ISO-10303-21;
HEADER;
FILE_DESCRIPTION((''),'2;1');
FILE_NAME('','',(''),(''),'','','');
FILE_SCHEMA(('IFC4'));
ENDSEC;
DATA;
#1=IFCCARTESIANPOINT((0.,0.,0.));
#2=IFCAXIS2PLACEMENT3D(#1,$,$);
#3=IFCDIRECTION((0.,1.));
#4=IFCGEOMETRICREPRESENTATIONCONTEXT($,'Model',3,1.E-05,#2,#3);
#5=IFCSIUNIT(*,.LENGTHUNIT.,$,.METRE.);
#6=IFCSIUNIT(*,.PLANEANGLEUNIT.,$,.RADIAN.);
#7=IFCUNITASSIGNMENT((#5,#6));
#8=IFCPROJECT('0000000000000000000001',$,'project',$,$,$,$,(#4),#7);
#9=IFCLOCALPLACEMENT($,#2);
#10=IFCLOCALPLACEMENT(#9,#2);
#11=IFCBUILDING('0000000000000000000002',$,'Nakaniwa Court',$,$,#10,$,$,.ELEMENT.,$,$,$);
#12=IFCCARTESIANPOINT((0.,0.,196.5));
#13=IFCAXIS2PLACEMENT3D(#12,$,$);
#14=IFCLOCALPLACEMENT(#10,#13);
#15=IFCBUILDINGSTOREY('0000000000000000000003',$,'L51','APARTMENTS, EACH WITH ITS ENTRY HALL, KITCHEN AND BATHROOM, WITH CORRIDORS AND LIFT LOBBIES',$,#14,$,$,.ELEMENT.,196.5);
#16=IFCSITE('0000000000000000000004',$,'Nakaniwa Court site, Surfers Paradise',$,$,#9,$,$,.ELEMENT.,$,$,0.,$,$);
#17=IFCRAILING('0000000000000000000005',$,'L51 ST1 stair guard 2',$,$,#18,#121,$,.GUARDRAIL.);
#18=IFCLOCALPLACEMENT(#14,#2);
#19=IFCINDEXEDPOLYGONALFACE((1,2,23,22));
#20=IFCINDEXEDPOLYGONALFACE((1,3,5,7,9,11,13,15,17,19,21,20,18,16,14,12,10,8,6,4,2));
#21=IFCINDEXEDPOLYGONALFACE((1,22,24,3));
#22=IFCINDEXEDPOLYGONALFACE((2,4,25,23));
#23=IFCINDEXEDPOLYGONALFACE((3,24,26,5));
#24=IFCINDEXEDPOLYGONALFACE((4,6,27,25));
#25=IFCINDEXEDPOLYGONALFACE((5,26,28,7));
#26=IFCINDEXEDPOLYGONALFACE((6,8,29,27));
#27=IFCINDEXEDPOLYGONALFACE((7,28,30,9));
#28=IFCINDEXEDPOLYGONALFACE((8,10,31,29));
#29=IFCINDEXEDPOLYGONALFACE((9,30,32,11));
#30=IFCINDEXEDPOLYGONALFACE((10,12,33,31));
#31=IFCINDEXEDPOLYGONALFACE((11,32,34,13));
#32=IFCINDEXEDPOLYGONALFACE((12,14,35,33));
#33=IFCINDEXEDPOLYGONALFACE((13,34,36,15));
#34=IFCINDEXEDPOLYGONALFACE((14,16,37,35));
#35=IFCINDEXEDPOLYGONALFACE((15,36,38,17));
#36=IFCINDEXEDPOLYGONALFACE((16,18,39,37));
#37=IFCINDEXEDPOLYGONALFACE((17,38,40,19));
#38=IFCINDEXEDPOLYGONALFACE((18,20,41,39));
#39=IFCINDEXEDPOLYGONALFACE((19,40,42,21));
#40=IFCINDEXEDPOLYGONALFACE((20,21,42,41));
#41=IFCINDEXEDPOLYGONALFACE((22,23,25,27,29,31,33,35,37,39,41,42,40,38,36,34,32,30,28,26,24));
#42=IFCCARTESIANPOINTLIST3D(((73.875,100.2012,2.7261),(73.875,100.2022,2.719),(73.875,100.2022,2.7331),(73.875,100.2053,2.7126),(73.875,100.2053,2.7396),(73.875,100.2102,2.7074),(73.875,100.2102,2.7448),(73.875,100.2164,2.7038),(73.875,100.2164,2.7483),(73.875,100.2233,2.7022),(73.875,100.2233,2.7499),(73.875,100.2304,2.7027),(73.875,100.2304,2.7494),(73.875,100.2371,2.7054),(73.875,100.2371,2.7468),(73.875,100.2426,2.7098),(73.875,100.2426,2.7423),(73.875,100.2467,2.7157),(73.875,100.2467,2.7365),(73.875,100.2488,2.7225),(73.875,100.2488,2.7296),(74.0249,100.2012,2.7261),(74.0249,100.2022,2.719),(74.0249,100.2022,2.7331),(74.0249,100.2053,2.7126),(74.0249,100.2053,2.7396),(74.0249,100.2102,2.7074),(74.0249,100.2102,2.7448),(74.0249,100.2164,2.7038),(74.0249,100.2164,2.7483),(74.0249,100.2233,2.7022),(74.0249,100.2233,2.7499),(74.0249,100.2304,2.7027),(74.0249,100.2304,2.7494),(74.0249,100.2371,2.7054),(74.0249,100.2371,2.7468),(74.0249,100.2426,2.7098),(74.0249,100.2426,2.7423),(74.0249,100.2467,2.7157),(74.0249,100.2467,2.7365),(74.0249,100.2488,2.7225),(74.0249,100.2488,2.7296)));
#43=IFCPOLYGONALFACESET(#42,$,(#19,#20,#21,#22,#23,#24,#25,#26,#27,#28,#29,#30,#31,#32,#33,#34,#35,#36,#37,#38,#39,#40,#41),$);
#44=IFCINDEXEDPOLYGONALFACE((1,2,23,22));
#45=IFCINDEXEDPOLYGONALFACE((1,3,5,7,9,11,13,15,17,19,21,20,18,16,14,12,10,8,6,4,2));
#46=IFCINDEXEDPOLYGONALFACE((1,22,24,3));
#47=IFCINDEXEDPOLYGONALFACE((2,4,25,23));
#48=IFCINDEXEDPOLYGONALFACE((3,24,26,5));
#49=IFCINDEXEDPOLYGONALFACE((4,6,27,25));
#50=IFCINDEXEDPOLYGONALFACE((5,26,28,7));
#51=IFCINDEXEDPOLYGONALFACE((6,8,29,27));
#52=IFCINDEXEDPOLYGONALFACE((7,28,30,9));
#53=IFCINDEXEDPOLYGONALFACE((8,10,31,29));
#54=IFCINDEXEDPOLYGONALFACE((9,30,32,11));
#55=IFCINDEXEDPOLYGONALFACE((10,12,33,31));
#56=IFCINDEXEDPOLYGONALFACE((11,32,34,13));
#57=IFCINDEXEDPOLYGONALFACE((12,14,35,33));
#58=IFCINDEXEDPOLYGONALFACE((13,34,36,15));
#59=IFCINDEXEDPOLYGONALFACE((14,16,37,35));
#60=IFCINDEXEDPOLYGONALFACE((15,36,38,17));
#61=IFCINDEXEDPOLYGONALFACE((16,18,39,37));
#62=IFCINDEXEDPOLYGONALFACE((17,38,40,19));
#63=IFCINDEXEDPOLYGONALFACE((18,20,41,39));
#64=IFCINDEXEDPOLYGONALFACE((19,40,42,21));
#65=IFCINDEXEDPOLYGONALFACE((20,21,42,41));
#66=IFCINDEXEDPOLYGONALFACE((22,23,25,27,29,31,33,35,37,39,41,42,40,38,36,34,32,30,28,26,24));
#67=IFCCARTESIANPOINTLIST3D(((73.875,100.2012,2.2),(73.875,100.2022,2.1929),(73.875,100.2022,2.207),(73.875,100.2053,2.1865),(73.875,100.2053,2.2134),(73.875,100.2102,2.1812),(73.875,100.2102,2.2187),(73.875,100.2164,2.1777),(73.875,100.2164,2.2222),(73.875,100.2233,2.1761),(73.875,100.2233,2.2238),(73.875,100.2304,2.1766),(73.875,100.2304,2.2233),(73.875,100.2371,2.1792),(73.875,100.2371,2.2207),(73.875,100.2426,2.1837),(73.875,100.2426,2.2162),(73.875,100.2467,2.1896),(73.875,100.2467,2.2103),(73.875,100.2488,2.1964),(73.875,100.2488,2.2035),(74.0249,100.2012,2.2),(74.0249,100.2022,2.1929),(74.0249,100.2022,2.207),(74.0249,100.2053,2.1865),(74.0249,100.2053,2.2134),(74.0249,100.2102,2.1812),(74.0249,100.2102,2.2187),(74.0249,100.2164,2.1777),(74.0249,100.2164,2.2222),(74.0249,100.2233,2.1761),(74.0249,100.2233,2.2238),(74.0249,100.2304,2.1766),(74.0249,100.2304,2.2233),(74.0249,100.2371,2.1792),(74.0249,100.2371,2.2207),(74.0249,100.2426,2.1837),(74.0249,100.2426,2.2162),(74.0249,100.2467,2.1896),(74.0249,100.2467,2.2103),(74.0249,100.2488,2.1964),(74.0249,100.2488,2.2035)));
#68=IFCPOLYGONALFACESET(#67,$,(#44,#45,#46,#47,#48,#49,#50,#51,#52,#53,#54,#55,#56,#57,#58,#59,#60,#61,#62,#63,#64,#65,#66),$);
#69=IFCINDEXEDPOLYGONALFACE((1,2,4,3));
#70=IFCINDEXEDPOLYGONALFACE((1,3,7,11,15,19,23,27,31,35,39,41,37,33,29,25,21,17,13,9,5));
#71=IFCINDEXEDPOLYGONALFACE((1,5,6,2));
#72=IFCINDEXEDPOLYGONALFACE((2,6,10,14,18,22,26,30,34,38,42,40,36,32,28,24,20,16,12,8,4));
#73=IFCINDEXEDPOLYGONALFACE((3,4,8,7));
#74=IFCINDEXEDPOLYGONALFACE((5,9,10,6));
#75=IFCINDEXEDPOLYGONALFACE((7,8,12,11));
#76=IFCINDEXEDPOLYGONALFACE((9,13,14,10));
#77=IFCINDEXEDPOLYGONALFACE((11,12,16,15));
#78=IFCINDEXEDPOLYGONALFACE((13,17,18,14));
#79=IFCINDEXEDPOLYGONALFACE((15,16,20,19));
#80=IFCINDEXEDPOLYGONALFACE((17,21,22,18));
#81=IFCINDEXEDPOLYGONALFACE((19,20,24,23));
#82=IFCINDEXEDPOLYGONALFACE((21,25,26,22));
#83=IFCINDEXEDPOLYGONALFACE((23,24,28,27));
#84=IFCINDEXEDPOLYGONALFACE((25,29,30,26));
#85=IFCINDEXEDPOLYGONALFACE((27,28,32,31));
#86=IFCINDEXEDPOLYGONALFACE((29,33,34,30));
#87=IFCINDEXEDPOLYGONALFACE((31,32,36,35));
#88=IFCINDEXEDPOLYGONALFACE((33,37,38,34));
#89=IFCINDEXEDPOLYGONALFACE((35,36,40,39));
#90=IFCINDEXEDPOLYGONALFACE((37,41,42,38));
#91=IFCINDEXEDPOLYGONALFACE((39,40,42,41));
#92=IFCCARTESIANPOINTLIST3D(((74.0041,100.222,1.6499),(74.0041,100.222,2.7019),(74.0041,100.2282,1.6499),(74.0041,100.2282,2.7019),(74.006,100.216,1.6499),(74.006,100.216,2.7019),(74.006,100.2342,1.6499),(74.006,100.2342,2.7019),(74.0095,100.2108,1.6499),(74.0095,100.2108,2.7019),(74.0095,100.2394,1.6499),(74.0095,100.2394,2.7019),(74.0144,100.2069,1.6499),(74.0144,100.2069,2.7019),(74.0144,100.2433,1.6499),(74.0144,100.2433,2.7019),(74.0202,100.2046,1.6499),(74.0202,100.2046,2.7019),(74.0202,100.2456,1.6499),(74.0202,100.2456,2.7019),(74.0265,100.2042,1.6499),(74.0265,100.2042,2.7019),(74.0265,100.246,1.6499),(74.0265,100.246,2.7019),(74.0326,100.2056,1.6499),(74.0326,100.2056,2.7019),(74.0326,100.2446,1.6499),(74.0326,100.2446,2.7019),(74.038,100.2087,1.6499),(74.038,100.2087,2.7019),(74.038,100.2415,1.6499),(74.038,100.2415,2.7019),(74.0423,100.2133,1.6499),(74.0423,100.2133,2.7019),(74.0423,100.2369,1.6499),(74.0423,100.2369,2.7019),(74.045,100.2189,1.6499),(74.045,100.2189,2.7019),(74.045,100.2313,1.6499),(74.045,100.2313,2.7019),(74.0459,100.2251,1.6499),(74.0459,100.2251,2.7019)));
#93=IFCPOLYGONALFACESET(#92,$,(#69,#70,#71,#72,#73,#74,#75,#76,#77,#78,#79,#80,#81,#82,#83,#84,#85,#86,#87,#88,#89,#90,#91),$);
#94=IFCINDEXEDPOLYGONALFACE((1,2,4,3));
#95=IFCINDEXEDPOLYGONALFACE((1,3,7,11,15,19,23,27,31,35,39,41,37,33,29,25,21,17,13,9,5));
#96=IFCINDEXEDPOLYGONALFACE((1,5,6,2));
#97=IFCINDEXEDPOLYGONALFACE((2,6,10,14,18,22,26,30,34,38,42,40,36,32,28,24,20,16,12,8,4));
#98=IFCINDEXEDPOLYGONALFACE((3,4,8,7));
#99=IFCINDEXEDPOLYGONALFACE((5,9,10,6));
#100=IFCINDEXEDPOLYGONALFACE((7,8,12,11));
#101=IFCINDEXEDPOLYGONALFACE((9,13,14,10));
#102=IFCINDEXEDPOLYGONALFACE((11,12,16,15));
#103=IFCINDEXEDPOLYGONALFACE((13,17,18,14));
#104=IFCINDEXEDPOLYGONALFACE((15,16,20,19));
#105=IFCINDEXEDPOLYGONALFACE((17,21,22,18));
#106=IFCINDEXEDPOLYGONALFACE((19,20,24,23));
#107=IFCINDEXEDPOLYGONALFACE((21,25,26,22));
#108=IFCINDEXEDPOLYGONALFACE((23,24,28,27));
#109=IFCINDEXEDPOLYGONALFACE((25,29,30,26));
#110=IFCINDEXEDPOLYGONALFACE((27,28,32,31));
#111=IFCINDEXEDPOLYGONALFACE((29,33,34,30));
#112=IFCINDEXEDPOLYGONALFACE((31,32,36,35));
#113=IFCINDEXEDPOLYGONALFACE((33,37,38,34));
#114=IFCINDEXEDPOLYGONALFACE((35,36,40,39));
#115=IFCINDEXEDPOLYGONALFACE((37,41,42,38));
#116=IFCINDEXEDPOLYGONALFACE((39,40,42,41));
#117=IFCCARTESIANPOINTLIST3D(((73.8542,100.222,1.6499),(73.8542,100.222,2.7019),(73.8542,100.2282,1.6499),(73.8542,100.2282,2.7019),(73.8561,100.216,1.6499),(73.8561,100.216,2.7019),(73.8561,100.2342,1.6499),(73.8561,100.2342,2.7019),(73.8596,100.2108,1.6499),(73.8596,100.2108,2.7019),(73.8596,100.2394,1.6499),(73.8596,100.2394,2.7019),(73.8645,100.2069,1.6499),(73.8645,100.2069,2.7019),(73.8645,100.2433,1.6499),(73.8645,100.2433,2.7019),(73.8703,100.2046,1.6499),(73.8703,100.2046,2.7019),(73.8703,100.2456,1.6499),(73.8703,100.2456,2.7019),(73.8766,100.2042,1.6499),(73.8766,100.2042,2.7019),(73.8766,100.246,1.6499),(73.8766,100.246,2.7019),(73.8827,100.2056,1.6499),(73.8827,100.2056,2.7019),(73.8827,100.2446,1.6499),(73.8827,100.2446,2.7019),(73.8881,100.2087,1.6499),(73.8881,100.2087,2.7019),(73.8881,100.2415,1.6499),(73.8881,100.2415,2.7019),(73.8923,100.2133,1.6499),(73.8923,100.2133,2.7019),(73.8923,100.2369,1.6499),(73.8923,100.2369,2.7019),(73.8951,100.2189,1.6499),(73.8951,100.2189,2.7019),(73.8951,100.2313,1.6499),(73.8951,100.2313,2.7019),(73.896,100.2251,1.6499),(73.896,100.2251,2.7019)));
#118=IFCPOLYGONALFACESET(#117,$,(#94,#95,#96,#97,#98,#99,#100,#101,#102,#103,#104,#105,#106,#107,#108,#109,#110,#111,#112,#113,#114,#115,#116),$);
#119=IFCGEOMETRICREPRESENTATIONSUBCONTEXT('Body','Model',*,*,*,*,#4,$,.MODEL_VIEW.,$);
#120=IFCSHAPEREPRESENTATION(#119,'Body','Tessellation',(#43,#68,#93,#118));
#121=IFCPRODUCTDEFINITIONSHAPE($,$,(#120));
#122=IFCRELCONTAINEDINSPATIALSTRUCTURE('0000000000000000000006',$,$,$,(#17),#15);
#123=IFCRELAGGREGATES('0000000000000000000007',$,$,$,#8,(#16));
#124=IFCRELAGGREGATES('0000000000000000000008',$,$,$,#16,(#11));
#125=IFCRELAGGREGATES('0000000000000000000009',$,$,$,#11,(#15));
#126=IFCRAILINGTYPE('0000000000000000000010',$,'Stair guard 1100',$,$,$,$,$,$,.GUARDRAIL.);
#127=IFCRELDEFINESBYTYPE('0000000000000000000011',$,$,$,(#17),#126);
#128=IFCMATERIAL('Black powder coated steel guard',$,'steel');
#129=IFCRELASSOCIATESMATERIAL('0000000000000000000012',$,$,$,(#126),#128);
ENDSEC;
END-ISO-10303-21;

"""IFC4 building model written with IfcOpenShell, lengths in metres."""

from ifc_helpers import new_model, si_unit, direction, frame, origin, origin_2d, place, context, subcontext, project, spatial, circle, extrude, material, type_object, element, save


model = new_model("IFC4")

# Units and contexts
model_context = context("Model", 3, precision=1e-05, world=origin(), true_north=direction((0.0, 1.0)))
body_context = subcontext(model_context, "Body", "Model", "MODEL_VIEW")
ifc_project = project(units=[si_unit("LENGTHUNIT", "METRE"), si_unit("PLANEANGLEUNIT", "RADIAN")], contexts=[model_context])

# Site, building, storey
site_placement = place(None, origin())
site = spatial("IfcSite", under=ifc_project, at=site_placement, Name="Nakaniwa Court site, Surfers Paradise", CompositionType="ELEMENT", RefElevation=0.0)
building_placement = place(site_placement, origin())
building = spatial("IfcBuilding", under=site, at=building_placement, Name="Nakaniwa Court", CompositionType="ELEMENT")
storey_placement = place(building_placement, frame((0.0, 0.0, 196.5)))
storey = spatial("IfcBuildingStorey", under=building, at=storey_placement, Name="L51", Description="APARTMENTS, EACH WITH ITS ENTRY HALL, KITCHEN AND BATHROOM, WITH CORRIDORS AND LIFT LOBBIES", CompositionType="ELEMENT", Elevation=196.5)

# Railing
ifc_material_1 = material(Name="Black powder coated steel guard", Category="steel")
railing_type_1 = type_object("IfcRailingType", Name="Stair guard 1100", PredefinedType="GUARDRAIL", material=ifc_material_1)
railing_1_placement = place(storey_placement, frame((74.0249, 100.2251, 1.6499)))
element("IfcRailing", 1, at=railing_1_placement, inside=storey, type_object=railing_type_1, Name="L51 ST1 stair guard 2", PredefinedType="GUARDRAIL", context=body_context, shape_type="SweptSolid", body=[
    extrude(circle(Radius=0.0239, at=origin_2d()), frame((0.0, 0.0, 1.0762), z_axis=(-1.0, 0.0, 0.0), x_axis=(0.0, -1.0, 0.0)), (0.0, 0.0, 1.0), 0.1499),
    extrude(circle(Radius=0.0239, at=origin_2d()), frame((0.0, 0.0, 0.55), z_axis=(-1.0, 0.0, 0.0), x_axis=(0.0, -1.0, 0.0)), (0.0, 0.0, 1.0), 0.1499),
    extrude(circle(Radius=0.021, at=origin_2d()), origin(), (0.0, 0.0, 1.0), 1.052),
    extrude(circle(Radius=0.021, at=origin_2d()), frame((-0.1499, 0.0, 0.0)), (0.0, 0.0, 1.0), 1.052),
])

save(model, "model.ifc")
